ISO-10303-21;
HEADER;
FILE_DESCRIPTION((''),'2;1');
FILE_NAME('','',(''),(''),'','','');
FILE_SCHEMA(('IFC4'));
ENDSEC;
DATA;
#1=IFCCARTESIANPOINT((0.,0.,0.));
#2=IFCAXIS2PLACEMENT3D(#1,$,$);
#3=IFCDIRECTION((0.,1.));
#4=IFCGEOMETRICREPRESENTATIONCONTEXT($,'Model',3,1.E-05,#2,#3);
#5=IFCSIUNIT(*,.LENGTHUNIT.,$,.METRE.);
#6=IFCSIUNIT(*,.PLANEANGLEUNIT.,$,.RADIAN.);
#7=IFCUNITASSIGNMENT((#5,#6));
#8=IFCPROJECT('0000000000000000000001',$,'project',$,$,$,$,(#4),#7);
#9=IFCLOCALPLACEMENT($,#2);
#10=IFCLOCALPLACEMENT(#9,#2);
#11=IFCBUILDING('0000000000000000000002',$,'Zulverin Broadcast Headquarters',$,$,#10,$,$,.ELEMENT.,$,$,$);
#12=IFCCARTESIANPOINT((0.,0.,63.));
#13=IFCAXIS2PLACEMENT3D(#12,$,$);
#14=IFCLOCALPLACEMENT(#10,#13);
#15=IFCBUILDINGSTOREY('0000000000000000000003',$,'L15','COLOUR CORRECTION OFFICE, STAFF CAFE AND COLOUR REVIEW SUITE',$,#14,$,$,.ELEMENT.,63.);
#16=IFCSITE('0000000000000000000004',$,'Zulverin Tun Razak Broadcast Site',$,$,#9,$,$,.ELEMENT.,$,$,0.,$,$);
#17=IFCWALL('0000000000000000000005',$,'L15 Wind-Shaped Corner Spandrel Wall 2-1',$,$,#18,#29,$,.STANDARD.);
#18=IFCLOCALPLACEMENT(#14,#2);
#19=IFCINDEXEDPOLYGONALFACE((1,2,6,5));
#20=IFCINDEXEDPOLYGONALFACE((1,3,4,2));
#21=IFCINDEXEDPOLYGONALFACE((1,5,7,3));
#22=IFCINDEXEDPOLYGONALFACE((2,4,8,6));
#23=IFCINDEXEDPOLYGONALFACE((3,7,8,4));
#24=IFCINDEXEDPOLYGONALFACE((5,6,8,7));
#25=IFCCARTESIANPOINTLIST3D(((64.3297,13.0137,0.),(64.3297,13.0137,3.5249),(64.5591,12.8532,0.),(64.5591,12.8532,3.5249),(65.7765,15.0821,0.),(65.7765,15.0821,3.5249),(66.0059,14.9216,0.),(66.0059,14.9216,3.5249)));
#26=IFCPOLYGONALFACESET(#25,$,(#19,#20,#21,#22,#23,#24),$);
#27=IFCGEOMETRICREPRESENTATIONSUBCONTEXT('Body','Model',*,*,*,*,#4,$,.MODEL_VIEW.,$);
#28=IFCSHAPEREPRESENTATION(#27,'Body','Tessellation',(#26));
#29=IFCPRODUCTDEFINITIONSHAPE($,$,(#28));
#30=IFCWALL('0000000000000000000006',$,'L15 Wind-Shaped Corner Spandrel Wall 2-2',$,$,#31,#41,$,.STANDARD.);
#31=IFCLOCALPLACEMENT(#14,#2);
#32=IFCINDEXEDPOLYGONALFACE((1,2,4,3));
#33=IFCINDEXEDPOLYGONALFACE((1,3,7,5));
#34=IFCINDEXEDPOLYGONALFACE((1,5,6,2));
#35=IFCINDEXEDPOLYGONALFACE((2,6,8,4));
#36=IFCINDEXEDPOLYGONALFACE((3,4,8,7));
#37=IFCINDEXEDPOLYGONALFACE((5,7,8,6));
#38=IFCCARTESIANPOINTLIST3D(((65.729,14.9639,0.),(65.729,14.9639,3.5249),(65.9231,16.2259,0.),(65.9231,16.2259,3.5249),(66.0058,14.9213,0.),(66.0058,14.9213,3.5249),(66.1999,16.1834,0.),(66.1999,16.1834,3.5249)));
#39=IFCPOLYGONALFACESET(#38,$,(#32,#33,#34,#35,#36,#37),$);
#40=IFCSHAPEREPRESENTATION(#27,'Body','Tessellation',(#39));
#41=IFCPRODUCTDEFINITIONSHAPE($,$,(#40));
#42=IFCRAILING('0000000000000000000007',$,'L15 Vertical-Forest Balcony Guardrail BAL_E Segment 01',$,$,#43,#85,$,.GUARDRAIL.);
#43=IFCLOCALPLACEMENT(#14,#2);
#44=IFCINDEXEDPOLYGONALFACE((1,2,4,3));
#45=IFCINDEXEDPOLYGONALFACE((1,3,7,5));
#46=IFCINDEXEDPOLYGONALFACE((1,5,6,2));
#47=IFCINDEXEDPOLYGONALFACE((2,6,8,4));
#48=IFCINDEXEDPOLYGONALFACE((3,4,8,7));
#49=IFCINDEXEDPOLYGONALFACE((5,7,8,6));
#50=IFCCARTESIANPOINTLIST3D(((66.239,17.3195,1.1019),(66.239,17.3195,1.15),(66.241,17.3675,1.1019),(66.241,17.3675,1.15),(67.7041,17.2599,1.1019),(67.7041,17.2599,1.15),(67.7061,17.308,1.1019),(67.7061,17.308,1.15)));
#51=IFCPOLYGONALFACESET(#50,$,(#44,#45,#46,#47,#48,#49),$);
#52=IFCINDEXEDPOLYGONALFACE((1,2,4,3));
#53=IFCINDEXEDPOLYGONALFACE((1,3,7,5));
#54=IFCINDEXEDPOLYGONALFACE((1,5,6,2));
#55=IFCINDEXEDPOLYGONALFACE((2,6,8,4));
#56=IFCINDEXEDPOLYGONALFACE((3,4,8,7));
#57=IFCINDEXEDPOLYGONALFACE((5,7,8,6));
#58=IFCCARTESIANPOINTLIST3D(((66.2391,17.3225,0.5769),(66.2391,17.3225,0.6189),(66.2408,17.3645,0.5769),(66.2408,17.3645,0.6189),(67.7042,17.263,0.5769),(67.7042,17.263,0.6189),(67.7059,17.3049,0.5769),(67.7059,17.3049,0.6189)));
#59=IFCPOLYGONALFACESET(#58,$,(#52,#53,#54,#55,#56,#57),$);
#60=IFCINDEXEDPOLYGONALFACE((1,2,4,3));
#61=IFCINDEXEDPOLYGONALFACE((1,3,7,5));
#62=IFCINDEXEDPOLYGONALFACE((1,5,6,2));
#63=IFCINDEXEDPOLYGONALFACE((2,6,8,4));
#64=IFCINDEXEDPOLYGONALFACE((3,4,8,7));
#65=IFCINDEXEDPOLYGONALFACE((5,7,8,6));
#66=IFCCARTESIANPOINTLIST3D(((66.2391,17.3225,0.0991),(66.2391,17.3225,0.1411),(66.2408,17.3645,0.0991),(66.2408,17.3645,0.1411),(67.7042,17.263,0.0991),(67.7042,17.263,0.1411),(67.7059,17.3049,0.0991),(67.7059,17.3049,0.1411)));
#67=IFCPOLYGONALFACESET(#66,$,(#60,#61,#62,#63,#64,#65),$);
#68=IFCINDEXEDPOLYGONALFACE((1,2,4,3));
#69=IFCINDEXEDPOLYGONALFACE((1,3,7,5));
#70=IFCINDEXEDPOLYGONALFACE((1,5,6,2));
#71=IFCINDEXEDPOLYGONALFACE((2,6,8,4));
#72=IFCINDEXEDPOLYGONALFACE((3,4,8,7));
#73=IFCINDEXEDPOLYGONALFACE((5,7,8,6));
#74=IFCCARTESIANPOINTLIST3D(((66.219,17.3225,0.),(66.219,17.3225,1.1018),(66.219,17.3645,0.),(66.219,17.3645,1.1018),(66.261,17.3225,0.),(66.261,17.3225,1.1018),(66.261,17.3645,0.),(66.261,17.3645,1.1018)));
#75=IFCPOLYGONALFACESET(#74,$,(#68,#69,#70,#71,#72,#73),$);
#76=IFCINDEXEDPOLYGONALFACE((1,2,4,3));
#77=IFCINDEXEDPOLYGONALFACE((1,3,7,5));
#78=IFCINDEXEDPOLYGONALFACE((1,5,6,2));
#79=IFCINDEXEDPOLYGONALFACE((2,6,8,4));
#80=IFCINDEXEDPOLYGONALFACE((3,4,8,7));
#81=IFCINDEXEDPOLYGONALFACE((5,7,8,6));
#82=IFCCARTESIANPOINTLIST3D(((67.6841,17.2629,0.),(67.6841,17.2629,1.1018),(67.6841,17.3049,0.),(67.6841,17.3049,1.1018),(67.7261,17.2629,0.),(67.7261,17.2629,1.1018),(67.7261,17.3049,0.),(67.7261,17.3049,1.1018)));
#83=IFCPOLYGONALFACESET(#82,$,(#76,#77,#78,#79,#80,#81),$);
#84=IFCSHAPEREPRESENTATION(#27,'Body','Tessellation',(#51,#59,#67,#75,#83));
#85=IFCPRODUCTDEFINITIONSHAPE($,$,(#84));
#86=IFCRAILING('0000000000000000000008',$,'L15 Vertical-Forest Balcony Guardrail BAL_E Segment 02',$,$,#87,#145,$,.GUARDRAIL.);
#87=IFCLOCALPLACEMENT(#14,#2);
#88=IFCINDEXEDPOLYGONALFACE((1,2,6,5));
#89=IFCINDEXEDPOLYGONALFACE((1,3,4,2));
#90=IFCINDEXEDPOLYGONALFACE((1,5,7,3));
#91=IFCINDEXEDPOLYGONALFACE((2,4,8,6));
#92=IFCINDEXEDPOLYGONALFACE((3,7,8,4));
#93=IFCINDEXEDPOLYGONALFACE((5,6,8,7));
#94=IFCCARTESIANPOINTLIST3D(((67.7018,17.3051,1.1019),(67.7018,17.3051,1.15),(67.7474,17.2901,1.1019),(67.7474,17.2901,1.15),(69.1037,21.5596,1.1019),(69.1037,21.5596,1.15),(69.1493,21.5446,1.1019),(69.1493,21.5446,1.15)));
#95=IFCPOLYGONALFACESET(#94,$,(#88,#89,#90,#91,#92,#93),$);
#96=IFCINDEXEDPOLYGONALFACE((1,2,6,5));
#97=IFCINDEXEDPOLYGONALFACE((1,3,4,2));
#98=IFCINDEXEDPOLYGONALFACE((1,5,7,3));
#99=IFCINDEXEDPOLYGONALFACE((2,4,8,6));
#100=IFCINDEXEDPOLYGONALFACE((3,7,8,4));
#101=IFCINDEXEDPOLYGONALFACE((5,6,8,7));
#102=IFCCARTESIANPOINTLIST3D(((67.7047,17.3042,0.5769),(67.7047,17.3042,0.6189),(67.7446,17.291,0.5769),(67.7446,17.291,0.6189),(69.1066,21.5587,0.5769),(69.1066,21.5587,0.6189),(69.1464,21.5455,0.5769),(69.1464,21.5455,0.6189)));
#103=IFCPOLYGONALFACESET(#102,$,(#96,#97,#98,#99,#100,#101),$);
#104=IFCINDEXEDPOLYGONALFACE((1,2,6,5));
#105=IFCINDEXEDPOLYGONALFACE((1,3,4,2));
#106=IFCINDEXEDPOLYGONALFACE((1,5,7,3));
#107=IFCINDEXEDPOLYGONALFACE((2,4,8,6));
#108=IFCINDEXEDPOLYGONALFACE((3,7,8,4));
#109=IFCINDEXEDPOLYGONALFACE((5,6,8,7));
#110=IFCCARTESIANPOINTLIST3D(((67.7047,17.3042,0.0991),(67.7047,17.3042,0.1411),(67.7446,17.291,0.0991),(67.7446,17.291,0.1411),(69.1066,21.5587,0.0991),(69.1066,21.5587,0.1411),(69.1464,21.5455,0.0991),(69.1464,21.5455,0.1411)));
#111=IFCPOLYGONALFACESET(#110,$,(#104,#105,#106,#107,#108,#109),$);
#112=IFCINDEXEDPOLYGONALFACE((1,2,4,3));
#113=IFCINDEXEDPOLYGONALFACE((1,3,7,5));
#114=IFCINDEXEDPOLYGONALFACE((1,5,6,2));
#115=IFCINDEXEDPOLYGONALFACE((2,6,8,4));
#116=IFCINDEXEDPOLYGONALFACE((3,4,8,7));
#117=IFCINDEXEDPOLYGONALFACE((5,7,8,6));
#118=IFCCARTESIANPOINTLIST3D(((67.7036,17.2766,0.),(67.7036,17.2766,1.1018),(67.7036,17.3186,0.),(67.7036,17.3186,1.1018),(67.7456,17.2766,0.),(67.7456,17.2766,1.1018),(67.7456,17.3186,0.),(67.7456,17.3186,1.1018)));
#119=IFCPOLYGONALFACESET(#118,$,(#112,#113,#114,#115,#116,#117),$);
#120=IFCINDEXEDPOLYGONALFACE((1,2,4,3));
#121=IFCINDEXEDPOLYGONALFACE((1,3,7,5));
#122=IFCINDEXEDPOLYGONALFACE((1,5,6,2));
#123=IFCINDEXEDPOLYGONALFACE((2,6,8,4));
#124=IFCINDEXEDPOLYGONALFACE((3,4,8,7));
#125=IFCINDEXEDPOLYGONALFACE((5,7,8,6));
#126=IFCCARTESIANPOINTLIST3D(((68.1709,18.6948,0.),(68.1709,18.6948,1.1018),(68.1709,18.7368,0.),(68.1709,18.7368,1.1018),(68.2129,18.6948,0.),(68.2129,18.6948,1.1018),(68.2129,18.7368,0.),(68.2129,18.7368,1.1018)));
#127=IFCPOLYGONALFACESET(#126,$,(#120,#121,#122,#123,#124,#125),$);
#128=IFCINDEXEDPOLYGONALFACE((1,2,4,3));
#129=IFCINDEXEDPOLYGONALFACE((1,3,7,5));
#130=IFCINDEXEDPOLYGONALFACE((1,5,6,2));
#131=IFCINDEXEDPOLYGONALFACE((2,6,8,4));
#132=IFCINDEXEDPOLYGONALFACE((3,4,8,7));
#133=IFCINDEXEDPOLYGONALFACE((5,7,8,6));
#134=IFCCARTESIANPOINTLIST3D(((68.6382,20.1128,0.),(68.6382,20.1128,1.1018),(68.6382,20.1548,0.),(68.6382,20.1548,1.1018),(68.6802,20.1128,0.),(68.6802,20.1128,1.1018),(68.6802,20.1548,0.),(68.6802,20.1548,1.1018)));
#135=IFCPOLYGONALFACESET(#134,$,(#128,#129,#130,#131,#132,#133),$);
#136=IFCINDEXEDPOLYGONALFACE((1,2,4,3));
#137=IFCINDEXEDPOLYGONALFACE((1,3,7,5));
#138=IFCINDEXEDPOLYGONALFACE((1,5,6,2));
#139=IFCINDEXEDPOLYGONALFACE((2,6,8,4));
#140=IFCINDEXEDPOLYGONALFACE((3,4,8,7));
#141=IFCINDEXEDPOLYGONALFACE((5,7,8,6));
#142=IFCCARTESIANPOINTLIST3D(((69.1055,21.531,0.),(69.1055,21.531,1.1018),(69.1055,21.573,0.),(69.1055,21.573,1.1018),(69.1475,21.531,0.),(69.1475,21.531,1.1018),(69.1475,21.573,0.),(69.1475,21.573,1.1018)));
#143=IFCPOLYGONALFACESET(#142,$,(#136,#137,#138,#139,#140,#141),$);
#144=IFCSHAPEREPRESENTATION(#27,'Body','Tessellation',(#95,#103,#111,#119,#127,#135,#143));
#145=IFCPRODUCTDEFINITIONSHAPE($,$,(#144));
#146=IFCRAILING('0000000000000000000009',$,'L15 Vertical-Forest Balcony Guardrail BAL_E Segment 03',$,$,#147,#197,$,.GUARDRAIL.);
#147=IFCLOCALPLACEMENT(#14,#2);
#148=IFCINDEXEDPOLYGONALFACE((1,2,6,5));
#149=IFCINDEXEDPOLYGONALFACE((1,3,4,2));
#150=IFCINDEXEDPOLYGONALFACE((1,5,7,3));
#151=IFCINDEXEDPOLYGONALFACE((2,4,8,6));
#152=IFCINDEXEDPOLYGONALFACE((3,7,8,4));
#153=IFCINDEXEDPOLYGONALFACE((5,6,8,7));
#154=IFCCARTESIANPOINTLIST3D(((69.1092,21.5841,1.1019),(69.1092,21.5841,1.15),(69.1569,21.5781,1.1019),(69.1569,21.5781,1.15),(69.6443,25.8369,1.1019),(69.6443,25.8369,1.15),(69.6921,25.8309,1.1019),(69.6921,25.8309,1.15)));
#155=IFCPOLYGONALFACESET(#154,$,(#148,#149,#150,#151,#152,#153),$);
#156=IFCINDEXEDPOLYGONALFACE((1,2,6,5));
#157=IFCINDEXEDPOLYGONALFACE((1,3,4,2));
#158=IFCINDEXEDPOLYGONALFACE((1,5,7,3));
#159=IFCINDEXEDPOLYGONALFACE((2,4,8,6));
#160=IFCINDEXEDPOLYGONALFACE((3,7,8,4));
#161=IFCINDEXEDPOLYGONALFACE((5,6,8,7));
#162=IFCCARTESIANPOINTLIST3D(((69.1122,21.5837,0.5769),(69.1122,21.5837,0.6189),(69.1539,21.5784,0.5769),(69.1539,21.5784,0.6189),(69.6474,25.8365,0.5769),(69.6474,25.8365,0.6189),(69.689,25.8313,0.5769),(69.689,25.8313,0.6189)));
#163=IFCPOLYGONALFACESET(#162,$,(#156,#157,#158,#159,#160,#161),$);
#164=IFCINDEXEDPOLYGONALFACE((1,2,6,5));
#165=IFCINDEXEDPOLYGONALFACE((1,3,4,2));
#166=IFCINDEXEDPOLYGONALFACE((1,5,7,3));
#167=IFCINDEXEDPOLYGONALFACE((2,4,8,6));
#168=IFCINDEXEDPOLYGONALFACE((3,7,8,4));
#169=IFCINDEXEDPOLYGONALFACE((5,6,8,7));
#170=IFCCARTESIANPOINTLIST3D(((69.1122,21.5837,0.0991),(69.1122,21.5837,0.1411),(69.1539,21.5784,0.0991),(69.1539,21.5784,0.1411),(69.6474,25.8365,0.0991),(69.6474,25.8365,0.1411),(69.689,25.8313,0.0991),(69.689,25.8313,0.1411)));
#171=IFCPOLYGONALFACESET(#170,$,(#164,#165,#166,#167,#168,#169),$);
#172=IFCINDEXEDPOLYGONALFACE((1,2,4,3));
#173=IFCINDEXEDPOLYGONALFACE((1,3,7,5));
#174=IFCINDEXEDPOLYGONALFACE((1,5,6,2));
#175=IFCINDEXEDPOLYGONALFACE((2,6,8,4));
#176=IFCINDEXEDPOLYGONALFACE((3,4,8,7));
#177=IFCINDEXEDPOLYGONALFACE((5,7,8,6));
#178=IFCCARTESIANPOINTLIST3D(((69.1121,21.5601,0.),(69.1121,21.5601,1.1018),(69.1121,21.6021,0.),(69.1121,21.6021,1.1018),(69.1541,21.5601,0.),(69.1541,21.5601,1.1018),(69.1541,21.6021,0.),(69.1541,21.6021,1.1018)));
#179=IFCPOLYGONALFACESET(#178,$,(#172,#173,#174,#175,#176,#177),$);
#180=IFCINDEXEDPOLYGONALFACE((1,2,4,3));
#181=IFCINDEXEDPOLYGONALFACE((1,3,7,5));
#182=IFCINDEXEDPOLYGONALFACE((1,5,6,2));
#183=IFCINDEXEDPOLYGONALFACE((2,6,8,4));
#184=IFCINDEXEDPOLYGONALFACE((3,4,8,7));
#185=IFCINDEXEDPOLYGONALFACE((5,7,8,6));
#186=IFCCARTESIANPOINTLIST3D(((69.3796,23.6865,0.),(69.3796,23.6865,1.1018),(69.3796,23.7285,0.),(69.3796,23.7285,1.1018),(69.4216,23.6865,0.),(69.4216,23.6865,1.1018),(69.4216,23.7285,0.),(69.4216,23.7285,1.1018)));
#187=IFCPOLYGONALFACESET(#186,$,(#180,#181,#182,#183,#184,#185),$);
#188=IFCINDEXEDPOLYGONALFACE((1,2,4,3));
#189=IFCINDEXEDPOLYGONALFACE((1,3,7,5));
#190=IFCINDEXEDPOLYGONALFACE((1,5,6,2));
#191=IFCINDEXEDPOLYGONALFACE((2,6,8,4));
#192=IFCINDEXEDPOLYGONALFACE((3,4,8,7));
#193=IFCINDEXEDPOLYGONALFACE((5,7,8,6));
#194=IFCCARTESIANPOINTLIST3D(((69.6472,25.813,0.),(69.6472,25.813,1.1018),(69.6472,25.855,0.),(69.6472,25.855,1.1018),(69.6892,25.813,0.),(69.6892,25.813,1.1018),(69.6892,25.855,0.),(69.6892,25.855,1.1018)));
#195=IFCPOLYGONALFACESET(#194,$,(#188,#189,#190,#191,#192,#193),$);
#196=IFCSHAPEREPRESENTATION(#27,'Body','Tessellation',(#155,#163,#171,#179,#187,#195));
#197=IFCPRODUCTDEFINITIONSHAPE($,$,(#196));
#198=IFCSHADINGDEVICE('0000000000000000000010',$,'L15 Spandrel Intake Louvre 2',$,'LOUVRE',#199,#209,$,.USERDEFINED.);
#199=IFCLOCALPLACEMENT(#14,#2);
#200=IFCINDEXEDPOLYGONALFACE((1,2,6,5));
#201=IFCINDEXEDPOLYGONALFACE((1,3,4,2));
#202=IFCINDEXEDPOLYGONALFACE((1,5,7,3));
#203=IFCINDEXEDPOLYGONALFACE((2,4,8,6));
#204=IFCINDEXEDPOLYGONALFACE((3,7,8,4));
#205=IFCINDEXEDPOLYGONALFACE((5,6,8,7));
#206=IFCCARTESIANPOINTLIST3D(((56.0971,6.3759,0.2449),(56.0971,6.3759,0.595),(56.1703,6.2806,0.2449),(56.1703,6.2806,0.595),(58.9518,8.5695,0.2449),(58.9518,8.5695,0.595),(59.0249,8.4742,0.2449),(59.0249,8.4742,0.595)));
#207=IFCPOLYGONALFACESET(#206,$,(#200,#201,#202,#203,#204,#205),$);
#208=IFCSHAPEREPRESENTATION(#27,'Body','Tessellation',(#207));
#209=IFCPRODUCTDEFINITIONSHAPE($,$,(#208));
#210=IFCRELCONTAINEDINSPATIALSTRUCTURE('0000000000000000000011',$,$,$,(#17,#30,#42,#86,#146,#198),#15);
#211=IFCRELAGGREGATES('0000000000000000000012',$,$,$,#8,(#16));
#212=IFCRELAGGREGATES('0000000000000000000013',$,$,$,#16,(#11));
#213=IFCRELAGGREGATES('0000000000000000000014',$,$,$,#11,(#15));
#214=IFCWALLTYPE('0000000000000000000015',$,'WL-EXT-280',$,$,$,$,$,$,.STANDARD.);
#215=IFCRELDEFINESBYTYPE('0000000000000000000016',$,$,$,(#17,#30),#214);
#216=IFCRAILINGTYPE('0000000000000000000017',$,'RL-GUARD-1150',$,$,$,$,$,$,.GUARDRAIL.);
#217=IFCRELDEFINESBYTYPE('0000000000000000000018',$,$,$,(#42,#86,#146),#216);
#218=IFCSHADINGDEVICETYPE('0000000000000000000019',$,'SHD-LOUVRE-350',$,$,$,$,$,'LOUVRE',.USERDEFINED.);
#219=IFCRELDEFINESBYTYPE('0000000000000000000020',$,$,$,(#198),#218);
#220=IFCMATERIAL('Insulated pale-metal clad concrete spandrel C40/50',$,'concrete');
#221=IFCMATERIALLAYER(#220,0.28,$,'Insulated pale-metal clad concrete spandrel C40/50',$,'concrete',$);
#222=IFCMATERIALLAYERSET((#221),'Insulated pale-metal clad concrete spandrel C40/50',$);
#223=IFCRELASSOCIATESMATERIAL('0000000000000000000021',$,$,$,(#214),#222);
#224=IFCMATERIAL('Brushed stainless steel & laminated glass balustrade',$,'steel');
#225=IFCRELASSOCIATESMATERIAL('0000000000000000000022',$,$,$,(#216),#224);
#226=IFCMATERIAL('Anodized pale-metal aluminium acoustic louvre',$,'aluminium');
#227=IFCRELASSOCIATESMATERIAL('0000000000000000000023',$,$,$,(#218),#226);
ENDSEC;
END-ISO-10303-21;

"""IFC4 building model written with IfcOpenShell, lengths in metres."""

from ifc_helpers import new_model, si_unit, direction, frame, frame_2d, origin, origin_2d, place, context, subcontext, project, spatial, rectangle, extrude, material, layer, layer_set, type_object, element, save


model = new_model("IFC4")

# Units and contexts
model_context = context("Model", 3, precision=1e-05, world=origin(), true_north=direction((0.0, 1.0)))
body_context = subcontext(model_context, "Body", "Model", "MODEL_VIEW")
ifc_project = project(units=[si_unit("LENGTHUNIT", "METRE"), si_unit("PLANEANGLEUNIT", "RADIAN")], contexts=[model_context])

# Site, building, storey
site_placement = place(None, origin())
site = spatial("IfcSite", under=ifc_project, at=site_placement, Name="Zulverin Tun Razak Broadcast Site", CompositionType="ELEMENT", RefElevation=0.0)
building_placement = place(site_placement, origin())
building = spatial("IfcBuilding", under=site, at=building_placement, Name="Zulverin Broadcast Headquarters", CompositionType="ELEMENT")
storey_placement = place(building_placement, frame((0.0, 0.0, 63.0)))
storey = spatial("IfcBuildingStorey", under=building, at=storey_placement, Name="L15", Description="COLOUR CORRECTION OFFICE, STAFF CAFE AND COLOUR REVIEW SUITE", CompositionType="ELEMENT", Elevation=63.0)

# Shared definitions
ifc_material_1 = material(Name="Insulated pale-metal clad concrete spandrel C40/50", Category="concrete")
ifc_layer_1 = layer(ifc_material_1, 0.28, Name="Insulated pale-metal clad concrete spandrel C40/50", Category="concrete")
ifc_layer_set_1 = layer_set([ifc_layer_1], Name="Insulated pale-metal clad concrete spandrel C40/50")
wall_type = type_object("IfcWallType", Name="WL-EXT-280", PredefinedType="STANDARD", material=ifc_layer_set_1)

# Walls
wall_1_placement = place(storey_placement, frame((64.4443, 12.9333, 0.0), z_axis=(0.0, 0.0, 1.0), x_axis=(0.573177, 0.819432, 0.0)))
element("IfcWall", 1, at=wall_1_placement, inside=storey, type_object=wall_type, Name="L15 Wind-Shaped Corner Spandrel Wall 2-1", PredefinedType="STANDARD", context=body_context, shape_type="SweptSolid", body=[
    extrude(rectangle(XDim=2.5242, YDim=0.28, at=frame_2d((1.2622, 0.0))), origin(), (0.0, 0.0, 1.0), 3.5249),
])
wall_2_placement = place(storey_placement, frame((65.8674, 14.9426, 0.0), z_axis=(0.0, 0.0, 1.0), x_axis=(0.152014, 0.988378, 0.0)))
element("IfcWall", 2, at=wall_2_placement, inside=storey, type_object=wall_type, Name="L15 Wind-Shaped Corner Spandrel Wall 2-2", PredefinedType="STANDARD", context=body_context, shape_type="SweptSolid", body=[
    extrude(rectangle(XDim=1.2769, YDim=0.28, at=frame_2d((0.6384, 0.0))), origin(), (0.0, 0.0, 1.0), 3.5249),
])

# Railings
ifc_material_2 = material(Name="Brushed stainless steel & laminated glass balustrade", Category="steel")
railing_type = type_object("IfcRailingType", Name="RL-GUARD-1150", PredefinedType="GUARDRAIL", material=ifc_material_2)
railing_1_placement = place(storey_placement, frame((66.24, 17.3435, 0.0)))
element("IfcRailing", 3, at=railing_1_placement, inside=storey, type_object=railing_type, Name="L15 Vertical-Forest Balcony Guardrail BAL_E Segment 01", PredefinedType="GUARDRAIL", context=body_context, shape_type="SweptSolid", body=[
    extrude(rectangle(XDim=0.0481, YDim=0.0481, at=origin_2d()), frame((0.0, 0.0, 1.126), z_axis=(0.999174, -0.040626, 0.0), x_axis=(0.040626, 0.999174, 0.0)), (0.0, 0.0, 1.0), 1.4663),
    extrude(rectangle(XDim=0.042, YDim=0.042, at=origin_2d()), frame((0.0, 0.0, 0.5979), z_axis=(0.999174, -0.040626, 0.0), x_axis=(0.040626, 0.999174, 0.0)), (0.0, 0.0, 1.0), 1.4663),
    extrude(rectangle(XDim=0.042, YDim=0.042, at=origin_2d()), frame((0.0, 0.0, 0.1201), z_axis=(0.999174, -0.040626, 0.0), x_axis=(0.040626, 0.999174, 0.0)), (0.0, 0.0, 1.0), 1.4663),
    extrude(rectangle(XDim=0.042, YDim=0.042, at=origin_2d()), origin(), (0.0, 0.0, 1.0), 1.1018),
    extrude(rectangle(XDim=0.042, YDim=0.042, at=origin_2d()), frame((1.4651, -0.0596, 0.0)), (0.0, 0.0, 1.0), 1.1018),
])
railing_2_placement = place(storey_placement, frame((67.7246, 17.2976, 0.0)))
element("IfcRailing", 4, at=railing_2_placement, inside=storey, type_object=railing_type, Name="L15 Vertical-Forest Balcony Guardrail BAL_E Segment 02", PredefinedType="GUARDRAIL", context=body_context, shape_type="SweptSolid", body=[
    extrude(rectangle(XDim=0.0481, YDim=0.0481, at=origin_2d()), frame((0.0, 0.0, 1.126), z_axis=(0.312956, 0.949768, 0.0), x_axis=(-0.949768, 0.312956, 0.0)), (0.0, 0.0, 1.0), 4.4795),
    extrude(rectangle(XDim=0.042, YDim=0.042, at=origin_2d()), frame((0.0, 0.0, 0.5979), z_axis=(0.312956, 0.949768, 0.0), x_axis=(-0.949768, 0.312956, 0.0)), (0.0, 0.0, 1.0), 4.4795),
    extrude(rectangle(XDim=0.042, YDim=0.042, at=origin_2d()), frame((0.0, 0.0, 0.1201), z_axis=(0.312956, 0.949768, 0.0), x_axis=(-0.949768, 0.312956, 0.0)), (0.0, 0.0, 1.0), 4.4795),
    extrude(rectangle(XDim=0.042, YDim=0.042, at=origin_2d()), origin(), (0.0, 0.0, 1.0), 1.1018),
    extrude(rectangle(XDim=0.042, YDim=0.042, at=origin_2d()), frame((0.4673, 1.4182, 0.0)), (0.0, 0.0, 1.0), 1.1018),
    extrude(rectangle(XDim=0.042, YDim=0.042, at=origin_2d()), frame((0.9346, 2.8362, 0.0)), (0.0, 0.0, 1.0), 1.1018),
    extrude(rectangle(XDim=0.042, YDim=0.042, at=origin_2d()), frame((1.4019, 4.2544, 0.0)), (0.0, 0.0, 1.0), 1.1018),
])
railing_3_placement = place(storey_placement, frame((69.1331, 21.5811, 0.0)))
element("IfcRailing", 5, at=railing_3_placement, inside=storey, type_object=railing_type, Name="L15 Vertical-Forest Balcony Guardrail BAL_E Segment 03", PredefinedType="GUARDRAIL", context=body_context, shape_type="SweptSolid", body=[
    extrude(rectangle(XDim=0.0481, YDim=0.0481, at=origin_2d()), frame((0.0, 0.0, 1.126), z_axis=(0.124848, 0.992176, 0.0), x_axis=(-0.992176, 0.124848, 0.0)), (0.0, 0.0, 1.0), 4.2864),
    extrude(rectangle(XDim=0.042, YDim=0.042, at=origin_2d()), frame((0.0, 0.0, 0.5979), z_axis=(0.124848, 0.992176, 0.0), x_axis=(-0.992176, 0.124848, 0.0)), (0.0, 0.0, 1.0), 4.2864),
    extrude(rectangle(XDim=0.042, YDim=0.042, at=origin_2d()), frame((0.0, 0.0, 0.1201), z_axis=(0.124848, 0.992176, 0.0), x_axis=(-0.992176, 0.124848, 0.0)), (0.0, 0.0, 1.0), 4.2864),
    extrude(rectangle(XDim=0.042, YDim=0.042, at=origin_2d()), origin(), (0.0, 0.0, 1.0), 1.1018),
    extrude(rectangle(XDim=0.042, YDim=0.042, at=origin_2d()), frame((0.2676, 2.1265, 0.0)), (0.0, 0.0, 1.0), 1.1018),
    extrude(rectangle(XDim=0.042, YDim=0.042, at=origin_2d()), frame((0.5352, 4.2529, 0.0)), (0.0, 0.0, 1.0), 1.1018),
])

# Shading device
ifc_material_3 = material(Name="Anodized pale-metal aluminium acoustic louvre", Category="aluminium")
shading_device_type_1 = type_object("IfcShadingDeviceType", Name="SHD-LOUVRE-350", ElementType="LOUVRE", PredefinedType="USERDEFINED", material=ifc_material_3)
shading_device_1_placement = place(storey_placement, frame((57.561, 7.425, 0.2449), z_axis=(0.0, 0.0, 1.0), x_axis=(0.792933, 0.609308, 0.0)))
element("IfcShadingDevice", 6, at=shading_device_1_placement, inside=storey, type_object=shading_device_type_1, Name="L15 Spandrel Intake Louvre 2", ObjectType="LOUVRE", PredefinedType="USERDEFINED", context=body_context, shape_type="SweptSolid", body=[
    extrude(rectangle(XDim=3.6001, YDim=0.1201, at=origin_2d()), origin(), (0.0, 0.0, 1.0), 0.3501),
])

save(model, "model.ifc")
